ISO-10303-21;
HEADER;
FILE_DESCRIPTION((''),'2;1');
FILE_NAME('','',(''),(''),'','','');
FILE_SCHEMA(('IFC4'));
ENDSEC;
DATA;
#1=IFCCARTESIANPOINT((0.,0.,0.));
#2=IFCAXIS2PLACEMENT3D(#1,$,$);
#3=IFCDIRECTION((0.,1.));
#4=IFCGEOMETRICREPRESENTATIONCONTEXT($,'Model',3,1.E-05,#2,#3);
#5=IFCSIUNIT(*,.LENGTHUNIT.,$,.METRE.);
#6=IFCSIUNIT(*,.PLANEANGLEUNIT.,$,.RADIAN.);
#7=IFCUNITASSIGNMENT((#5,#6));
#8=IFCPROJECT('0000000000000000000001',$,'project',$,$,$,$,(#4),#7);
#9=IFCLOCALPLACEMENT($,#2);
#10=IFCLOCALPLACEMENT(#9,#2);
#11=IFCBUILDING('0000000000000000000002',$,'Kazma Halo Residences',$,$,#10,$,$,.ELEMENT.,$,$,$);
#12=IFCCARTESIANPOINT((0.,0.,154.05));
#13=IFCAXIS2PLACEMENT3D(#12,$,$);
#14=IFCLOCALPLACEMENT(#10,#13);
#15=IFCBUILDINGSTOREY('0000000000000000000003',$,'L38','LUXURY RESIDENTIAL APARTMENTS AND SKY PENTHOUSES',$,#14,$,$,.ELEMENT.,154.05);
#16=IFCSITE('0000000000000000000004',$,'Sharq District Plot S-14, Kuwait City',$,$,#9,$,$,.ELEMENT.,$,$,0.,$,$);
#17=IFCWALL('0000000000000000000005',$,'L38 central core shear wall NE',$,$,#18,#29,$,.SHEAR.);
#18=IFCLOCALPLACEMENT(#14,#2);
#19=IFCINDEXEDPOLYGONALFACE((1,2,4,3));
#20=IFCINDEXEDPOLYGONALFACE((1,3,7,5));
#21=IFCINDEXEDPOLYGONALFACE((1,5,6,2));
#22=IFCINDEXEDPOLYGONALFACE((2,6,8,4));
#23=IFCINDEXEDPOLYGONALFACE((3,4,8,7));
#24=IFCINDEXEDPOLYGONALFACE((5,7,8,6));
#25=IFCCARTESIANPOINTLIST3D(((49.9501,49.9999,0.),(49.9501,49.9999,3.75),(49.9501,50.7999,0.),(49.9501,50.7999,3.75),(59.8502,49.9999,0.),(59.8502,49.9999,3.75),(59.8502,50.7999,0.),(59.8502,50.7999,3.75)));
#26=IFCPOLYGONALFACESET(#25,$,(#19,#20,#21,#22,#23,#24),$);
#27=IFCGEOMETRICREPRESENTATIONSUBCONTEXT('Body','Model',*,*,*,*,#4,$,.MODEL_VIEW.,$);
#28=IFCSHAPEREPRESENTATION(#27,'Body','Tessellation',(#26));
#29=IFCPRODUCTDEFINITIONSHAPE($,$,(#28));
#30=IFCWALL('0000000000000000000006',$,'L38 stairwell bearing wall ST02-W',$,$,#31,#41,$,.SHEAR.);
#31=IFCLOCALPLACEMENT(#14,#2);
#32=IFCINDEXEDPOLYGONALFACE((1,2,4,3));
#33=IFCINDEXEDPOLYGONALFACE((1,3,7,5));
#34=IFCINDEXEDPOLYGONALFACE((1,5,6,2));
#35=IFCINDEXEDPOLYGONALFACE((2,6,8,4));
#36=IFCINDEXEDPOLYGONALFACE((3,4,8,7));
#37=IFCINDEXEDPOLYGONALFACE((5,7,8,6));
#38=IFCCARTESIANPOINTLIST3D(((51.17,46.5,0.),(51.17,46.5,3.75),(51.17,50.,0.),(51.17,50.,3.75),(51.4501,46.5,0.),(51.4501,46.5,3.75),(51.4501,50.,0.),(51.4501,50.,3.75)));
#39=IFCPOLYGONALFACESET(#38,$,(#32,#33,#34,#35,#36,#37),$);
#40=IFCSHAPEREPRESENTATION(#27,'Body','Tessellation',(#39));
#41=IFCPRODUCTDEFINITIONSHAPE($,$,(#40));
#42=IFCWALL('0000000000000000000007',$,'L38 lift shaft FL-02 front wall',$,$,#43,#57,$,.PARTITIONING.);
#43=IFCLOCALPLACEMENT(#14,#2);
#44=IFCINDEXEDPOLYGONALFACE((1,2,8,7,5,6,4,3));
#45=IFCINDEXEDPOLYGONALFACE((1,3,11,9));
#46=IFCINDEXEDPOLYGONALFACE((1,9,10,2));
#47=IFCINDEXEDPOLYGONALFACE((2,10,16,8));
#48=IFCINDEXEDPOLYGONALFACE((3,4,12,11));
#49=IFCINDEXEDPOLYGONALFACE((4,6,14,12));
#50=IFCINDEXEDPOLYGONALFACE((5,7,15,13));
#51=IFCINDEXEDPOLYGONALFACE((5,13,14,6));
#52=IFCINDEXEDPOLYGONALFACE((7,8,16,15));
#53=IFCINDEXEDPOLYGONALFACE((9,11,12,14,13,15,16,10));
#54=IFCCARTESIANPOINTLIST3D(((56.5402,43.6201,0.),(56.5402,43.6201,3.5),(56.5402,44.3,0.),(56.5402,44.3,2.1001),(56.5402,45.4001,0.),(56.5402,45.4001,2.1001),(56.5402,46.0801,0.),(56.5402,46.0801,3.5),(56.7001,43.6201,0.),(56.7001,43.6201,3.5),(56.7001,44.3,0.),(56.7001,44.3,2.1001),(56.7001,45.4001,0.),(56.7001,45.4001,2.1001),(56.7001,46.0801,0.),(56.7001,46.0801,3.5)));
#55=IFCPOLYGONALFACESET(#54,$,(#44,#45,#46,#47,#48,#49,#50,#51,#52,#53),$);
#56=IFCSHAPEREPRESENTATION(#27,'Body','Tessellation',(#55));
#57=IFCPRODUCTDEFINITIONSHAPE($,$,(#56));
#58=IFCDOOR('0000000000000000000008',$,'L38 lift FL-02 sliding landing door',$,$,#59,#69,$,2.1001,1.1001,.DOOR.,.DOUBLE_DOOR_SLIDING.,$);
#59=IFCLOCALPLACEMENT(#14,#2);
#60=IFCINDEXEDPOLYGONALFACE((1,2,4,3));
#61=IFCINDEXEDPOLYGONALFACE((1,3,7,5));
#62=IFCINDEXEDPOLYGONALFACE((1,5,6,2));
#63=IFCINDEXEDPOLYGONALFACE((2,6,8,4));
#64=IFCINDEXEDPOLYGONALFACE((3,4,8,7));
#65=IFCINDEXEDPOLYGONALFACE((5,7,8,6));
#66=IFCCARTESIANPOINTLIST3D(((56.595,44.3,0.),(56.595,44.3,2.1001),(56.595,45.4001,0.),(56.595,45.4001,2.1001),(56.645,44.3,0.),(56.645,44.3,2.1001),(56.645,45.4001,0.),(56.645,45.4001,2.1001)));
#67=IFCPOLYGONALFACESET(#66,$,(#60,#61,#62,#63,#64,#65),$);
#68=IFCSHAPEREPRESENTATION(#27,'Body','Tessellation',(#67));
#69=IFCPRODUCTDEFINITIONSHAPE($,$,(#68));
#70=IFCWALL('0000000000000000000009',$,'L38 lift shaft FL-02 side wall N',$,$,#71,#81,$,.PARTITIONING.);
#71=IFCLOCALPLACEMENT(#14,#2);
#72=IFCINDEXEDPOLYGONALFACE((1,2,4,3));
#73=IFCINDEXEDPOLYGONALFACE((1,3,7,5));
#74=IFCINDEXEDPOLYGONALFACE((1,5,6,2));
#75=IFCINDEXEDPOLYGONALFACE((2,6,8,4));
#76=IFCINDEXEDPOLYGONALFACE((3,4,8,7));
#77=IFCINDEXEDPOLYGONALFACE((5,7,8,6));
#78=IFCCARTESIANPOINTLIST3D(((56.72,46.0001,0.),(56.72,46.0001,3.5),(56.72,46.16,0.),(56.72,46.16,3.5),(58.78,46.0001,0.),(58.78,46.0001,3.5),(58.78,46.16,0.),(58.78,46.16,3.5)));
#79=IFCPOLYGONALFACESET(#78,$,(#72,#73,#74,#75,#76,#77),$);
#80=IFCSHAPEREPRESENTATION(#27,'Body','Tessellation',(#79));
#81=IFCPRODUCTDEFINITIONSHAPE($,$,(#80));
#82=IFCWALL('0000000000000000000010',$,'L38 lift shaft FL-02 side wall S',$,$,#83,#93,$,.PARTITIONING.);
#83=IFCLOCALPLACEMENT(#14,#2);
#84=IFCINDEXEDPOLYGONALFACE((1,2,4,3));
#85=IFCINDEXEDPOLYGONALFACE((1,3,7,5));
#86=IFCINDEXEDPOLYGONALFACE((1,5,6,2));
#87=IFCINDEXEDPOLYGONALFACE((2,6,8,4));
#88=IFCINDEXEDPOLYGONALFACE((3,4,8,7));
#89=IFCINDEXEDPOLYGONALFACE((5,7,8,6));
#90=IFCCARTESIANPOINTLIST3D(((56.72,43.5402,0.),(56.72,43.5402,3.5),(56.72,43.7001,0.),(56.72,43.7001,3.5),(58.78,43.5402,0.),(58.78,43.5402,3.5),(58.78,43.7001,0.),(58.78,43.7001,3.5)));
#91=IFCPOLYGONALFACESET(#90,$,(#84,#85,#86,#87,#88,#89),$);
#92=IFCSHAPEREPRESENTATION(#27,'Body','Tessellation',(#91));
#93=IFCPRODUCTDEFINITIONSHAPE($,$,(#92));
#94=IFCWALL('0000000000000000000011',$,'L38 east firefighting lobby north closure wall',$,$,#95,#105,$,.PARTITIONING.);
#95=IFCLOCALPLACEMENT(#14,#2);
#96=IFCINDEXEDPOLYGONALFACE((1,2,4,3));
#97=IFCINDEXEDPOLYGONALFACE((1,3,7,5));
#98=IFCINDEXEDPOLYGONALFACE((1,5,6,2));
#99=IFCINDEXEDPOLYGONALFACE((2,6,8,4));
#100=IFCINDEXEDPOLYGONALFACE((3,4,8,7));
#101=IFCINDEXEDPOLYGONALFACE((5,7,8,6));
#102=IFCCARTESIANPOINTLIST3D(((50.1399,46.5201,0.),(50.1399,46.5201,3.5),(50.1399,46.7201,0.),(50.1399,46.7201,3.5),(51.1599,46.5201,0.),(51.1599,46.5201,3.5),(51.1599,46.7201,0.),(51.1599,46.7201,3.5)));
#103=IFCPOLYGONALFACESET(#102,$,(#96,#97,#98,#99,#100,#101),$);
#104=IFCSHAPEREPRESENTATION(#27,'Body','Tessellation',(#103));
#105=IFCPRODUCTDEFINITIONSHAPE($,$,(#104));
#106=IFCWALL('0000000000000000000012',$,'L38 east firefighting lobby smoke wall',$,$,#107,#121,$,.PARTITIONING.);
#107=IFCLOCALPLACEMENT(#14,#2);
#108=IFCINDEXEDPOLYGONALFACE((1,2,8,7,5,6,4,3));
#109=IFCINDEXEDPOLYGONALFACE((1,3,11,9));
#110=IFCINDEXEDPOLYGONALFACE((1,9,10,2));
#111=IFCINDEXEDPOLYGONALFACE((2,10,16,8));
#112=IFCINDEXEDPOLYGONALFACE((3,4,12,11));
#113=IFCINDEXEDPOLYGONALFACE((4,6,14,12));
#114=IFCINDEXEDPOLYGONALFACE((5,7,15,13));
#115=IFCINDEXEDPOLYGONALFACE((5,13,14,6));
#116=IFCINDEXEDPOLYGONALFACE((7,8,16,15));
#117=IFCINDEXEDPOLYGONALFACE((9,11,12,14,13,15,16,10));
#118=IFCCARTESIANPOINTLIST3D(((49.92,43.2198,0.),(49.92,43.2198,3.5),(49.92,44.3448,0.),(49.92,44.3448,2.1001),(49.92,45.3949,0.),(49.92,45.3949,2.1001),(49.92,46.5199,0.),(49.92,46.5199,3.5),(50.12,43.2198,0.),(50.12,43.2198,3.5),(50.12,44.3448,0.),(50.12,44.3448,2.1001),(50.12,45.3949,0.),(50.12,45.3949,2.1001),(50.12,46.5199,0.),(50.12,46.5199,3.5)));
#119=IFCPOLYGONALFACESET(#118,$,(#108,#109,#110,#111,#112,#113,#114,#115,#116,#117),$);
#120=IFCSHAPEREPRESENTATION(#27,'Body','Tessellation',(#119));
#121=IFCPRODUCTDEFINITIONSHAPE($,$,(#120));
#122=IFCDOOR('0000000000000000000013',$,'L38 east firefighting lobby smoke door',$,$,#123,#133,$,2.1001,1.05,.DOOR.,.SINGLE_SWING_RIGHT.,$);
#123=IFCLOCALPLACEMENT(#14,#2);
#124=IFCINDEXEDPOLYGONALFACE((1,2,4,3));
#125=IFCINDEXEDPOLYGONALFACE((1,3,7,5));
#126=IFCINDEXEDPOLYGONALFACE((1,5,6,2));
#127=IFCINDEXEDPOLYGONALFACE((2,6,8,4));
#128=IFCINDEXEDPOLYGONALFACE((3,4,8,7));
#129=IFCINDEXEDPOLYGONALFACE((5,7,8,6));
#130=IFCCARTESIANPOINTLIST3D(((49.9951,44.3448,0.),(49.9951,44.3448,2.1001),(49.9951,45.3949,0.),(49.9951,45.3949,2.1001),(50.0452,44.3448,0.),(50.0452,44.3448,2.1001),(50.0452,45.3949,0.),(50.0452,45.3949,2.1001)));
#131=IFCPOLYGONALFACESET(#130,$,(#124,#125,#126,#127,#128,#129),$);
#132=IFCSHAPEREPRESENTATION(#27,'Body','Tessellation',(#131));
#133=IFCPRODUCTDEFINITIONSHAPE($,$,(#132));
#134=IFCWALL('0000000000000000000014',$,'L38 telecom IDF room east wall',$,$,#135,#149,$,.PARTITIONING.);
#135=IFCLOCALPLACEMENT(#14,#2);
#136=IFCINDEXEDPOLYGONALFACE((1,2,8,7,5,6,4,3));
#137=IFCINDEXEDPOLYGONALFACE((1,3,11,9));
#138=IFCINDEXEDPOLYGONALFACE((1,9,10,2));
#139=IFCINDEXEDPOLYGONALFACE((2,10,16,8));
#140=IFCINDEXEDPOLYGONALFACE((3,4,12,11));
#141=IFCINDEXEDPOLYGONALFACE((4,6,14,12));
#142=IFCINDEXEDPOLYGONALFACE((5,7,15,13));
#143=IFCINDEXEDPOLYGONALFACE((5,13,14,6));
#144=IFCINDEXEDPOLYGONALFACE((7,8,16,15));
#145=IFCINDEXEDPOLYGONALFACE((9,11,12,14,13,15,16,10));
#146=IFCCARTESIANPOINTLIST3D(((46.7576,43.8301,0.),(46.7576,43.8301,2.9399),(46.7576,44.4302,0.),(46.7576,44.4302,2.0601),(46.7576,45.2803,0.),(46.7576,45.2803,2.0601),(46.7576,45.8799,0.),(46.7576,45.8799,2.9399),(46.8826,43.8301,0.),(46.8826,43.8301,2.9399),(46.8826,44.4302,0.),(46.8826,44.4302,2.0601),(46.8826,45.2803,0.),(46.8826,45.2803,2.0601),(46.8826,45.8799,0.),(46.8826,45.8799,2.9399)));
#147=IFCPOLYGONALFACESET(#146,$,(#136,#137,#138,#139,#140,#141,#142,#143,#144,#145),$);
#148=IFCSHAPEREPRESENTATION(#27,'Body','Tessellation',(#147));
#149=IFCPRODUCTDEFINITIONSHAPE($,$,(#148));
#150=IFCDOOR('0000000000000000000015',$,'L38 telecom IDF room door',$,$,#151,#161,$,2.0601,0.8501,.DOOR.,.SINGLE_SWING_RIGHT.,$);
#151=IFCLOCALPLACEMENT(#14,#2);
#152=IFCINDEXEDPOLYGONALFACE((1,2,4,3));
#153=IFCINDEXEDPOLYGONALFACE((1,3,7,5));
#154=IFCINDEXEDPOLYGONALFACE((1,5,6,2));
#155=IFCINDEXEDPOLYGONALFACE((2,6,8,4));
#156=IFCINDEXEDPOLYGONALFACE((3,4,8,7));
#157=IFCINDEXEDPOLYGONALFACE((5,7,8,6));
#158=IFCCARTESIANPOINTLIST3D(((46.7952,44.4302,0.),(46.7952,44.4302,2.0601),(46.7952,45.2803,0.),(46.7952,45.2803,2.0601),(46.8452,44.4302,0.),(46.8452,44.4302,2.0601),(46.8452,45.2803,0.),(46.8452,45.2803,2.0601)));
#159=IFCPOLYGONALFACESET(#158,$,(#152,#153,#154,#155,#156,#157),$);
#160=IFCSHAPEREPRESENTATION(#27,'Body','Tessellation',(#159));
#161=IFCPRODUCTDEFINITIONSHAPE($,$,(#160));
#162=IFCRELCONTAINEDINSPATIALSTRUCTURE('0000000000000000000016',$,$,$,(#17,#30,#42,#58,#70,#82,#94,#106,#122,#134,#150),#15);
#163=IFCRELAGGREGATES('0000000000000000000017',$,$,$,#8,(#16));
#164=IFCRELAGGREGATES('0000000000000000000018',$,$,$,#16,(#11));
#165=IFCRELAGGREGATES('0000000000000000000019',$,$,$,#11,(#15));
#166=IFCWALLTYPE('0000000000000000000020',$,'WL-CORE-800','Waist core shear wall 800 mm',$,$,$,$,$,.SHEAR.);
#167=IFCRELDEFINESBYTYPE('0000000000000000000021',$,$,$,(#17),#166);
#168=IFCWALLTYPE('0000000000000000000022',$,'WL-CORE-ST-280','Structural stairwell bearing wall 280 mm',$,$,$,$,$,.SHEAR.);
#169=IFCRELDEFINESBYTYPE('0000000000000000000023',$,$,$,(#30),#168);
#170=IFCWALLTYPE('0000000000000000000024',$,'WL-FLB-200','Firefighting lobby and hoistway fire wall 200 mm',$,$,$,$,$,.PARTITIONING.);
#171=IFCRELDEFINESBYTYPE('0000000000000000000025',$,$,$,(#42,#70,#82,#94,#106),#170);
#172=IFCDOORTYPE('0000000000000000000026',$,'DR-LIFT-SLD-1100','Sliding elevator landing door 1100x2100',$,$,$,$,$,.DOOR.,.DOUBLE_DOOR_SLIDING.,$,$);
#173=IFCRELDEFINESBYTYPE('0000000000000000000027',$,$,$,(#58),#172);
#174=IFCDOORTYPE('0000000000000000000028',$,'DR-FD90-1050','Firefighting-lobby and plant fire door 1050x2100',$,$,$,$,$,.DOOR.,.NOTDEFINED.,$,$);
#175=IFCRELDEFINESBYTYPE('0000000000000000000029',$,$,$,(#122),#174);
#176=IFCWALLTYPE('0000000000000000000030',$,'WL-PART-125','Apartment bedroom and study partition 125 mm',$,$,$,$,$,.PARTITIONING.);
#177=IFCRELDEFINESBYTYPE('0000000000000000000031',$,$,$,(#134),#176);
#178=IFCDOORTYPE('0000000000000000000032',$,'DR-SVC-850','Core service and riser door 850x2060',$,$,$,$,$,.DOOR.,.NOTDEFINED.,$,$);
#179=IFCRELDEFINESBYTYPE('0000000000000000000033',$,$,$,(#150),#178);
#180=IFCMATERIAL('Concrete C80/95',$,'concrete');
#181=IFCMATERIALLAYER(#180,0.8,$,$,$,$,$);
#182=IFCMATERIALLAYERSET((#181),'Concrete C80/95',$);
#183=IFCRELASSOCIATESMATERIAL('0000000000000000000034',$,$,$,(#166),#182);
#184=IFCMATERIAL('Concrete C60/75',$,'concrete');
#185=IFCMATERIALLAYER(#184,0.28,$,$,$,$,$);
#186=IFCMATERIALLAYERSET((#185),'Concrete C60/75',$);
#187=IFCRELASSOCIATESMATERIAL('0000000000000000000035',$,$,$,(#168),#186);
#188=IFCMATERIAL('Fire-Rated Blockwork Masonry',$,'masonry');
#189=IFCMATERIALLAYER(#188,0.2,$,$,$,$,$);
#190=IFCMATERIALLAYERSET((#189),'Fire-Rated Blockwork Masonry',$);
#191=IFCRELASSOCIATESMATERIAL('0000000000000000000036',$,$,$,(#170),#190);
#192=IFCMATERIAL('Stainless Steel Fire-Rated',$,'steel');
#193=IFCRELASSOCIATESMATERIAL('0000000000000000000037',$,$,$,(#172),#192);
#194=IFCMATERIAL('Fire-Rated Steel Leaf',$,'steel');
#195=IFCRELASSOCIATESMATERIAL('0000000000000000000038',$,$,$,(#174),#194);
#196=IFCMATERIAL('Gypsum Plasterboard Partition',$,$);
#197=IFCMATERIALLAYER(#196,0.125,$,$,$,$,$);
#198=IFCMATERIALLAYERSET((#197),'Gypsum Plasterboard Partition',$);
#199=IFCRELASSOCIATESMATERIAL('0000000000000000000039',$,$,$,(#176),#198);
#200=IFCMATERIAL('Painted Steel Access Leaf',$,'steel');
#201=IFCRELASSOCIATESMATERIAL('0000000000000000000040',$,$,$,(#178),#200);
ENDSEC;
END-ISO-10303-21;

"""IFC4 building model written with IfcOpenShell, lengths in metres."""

from ifc_helpers import new_model, si_unit, direction, frame, frame_2d, origin, place, context, subcontext, project, spatial, rectangle, extrude, material, layer, layer_set, type_object, element, fill, save


model = new_model("IFC4")

# Units and contexts
model_context = context("Model", 3, precision=1e-05, world=origin(), true_north=direction((0.0, 1.0)))
body_context = subcontext(model_context, "Body", "Model", "MODEL_VIEW")
ifc_project = project(units=[si_unit("LENGTHUNIT", "METRE"), si_unit("PLANEANGLEUNIT", "RADIAN")], contexts=[model_context])

# Site, building, storey
site_placement = place(None, origin())
site = spatial("IfcSite", under=ifc_project, at=site_placement, Name="Sharq District Plot S-14, Kuwait City", CompositionType="ELEMENT", RefElevation=0.0)
building_placement = place(site_placement, origin())
building = spatial("IfcBuilding", under=site, at=building_placement, Name="Kazma Halo Residences", CompositionType="ELEMENT")
storey_placement = place(building_placement, frame((0.0, 0.0, 154.05)))
storey = spatial("IfcBuildingStorey", under=building, at=storey_placement, Name="L38", Description="LUXURY RESIDENTIAL APARTMENTS AND SKY PENTHOUSES", CompositionType="ELEMENT", Elevation=154.05)

# Walls
ifc_material_1 = material(Name="Concrete C80/95", Category="concrete")
ifc_layer_1 = layer(ifc_material_1, 0.8)
ifc_layer_set_1 = layer_set([ifc_layer_1], Name="Concrete C80/95")
wall_type_1 = type_object("IfcWallType", Name="WL-CORE-800", Description="Waist core shear wall 800 mm", PredefinedType="SHEAR", material=ifc_layer_set_1)
wall_1_placement = place(storey_placement, frame((49.95, 50.3999, 0.0), z_axis=(0.0, 0.0, 1.0), x_axis=(1.0, 0.0, 0.0)))
element("IfcWall", 1, at=wall_1_placement, inside=storey, type_object=wall_type_1, Name="L38 central core shear wall NE", PredefinedType="SHEAR", context=body_context, shape_type="SweptSolid", body=[
    extrude(rectangle(XDim=9.9001, YDim=0.8, at=frame_2d((4.9502, 0.0))), origin(), (0.0, 0.0, 1.0), 3.75),
])
ifc_material_2 = material(Name="Concrete C60/75", Category="concrete")
ifc_layer_2 = layer(ifc_material_2, 0.28)
ifc_layer_set_2 = layer_set([ifc_layer_2], Name="Concrete C60/75")
wall_type_2 = type_object("IfcWallType", Name="WL-CORE-ST-280", Description="Structural stairwell bearing wall 280 mm", PredefinedType="SHEAR", material=ifc_layer_set_2)
wall_2_placement = place(storey_placement, frame((51.3101, 46.5, 0.0), z_axis=(0.0, 0.0, 1.0), x_axis=(0.0, 1.0, 0.0)))
element("IfcWall", 2, at=wall_2_placement, inside=storey, type_object=wall_type_2, Name="L38 stairwell bearing wall ST02-W", PredefinedType="SHEAR", context=body_context, shape_type="SweptSolid", body=[
    extrude(rectangle(XDim=3.5, YDim=0.28, at=frame_2d((1.75, 0.0))), origin(), (0.0, 0.0, 1.0), 3.75),
])

# Wall, opening, door
ifc_material_3 = material(Name="Fire-Rated Blockwork Masonry", Category="masonry")
ifc_layer_3 = layer(ifc_material_3, 0.2)
ifc_layer_set_3 = layer_set([ifc_layer_3], Name="Fire-Rated Blockwork Masonry")
wall_type_3 = type_object("IfcWallType", Name="WL-FLB-200", Description="Firefighting lobby and hoistway fire wall 200 mm", PredefinedType="PARTITIONING", material=ifc_layer_set_3)
wall_3_placement = place(storey_placement, frame((56.6201, 46.0801, 0.0), z_axis=(0.0, 0.0, 1.0), x_axis=(0.0, -1.0, 0.0)))
wall_3 = element("IfcWall", 3, at=wall_3_placement, inside=storey, type_object=wall_type_3, Name="L38 lift shaft FL-02 front wall", PredefinedType="PARTITIONING", context=body_context, shape_type="SweptSolid", body=[
    extrude(rectangle(XDim=2.46, YDim=0.1599, at=frame_2d((1.23, 0.0))), origin(), (0.0, 0.0, 1.0), 3.5),
])
opening_1_placement = place(wall_3_placement, frame((0.6799, 0.0, 0.0)))
opening_1 = element("IfcOpeningElement", 4, at=opening_1_placement, cuts=wall_3, PredefinedType="OPENING", context=body_context, shape_type="SweptSolid", body=[
    extrude(rectangle(XDim=1.1001, YDim=2.1001, at=frame_2d((0.55, 1.05))), frame((0.0, 0.0898, 0.0), z_axis=(0.0, -1.0, 0.0), x_axis=(1.0, 0.0, 0.0)), (0.0, 0.0, 1.0), 0.1799),
])
ifc_material_4 = material(Name="Stainless Steel Fire-Rated", Category="steel")
door_type_1 = type_object("IfcDoorType", Name="DR-LIFT-SLD-1100", Description="Sliding elevator landing door 1100x2100", OperationType="DOUBLE_DOOR_SLIDING", PredefinedType="DOOR", material=ifc_material_4)
door_1_placement = place(opening_1_placement, origin())
door_1 = element("IfcDoor", 5, at=door_1_placement, inside=storey, type_object=door_type_1, Name="L38 lift FL-02 sliding landing door", OperationType="DOUBLE_DOOR_SLIDING", OverallHeight=2.1001, OverallWidth=1.1001, PredefinedType="DOOR", context=body_context, shape_type="SweptSolid", body=[
    extrude(rectangle(XDim=1.1001, YDim=2.1001, at=frame_2d((0.55, 1.05))), frame((0.0, 0.0249, 0.0), z_axis=(0.0, -1.0, 0.0), x_axis=(1.0, 0.0, 0.0)), (0.0, 0.0, 1.0), 0.05),
])
fill(opening_1, door_1)

# Walls
for number, where, z_axis, x_axis, name in (
    (6, (56.72, 46.0801, 0.0), (0.0, 0.0, 1.0), (1.0, 0.0, 0.0), "L38 lift shaft FL-02 side wall N"),
    (7, (56.72, 43.6201, 0.0), (0.0, 0.0, 1.0), (1.0, 0.0, 0.0), "L38 lift shaft FL-02 side wall S"),
):
    element("IfcWall", number, at=place(storey_placement, frame(where, z_axis=z_axis, x_axis=x_axis)), inside=storey, type_object=wall_type_3, Name=name, PredefinedType="PARTITIONING", context=body_context, shape_type="SweptSolid", body=[
        extrude(rectangle(XDim=2.0601, YDim=0.1599, at=frame_2d((1.03, 0.0))), origin(), (0.0, 0.0, 1.0), 3.5),
    ])
wall_4_placement = place(storey_placement, frame((50.1399, 46.6201, 0.0), z_axis=(0.0, 0.0, 1.0), x_axis=(1.0, 0.0, 0.0)))
element("IfcWall", 8, at=wall_4_placement, inside=storey, type_object=wall_type_3, Name="L38 east firefighting lobby north closure wall", PredefinedType="PARTITIONING", context=body_context, shape_type="SweptSolid", body=[
    extrude(rectangle(XDim=1.02, YDim=0.2, at=frame_2d((0.51, 0.0))), origin(), (0.0, 0.0, 1.0), 3.5),
])

# Walls, openings, doors
wall_5_placement = place(storey_placement, frame((50.02, 43.22, 0.0), z_axis=(0.0, 0.0, 1.0), x_axis=(0.0, 1.0, 0.0)))
wall_5 = element("IfcWall", 9, at=wall_5_placement, inside=storey, type_object=wall_type_3, Name="L38 east firefighting lobby smoke wall", PredefinedType="PARTITIONING", context=body_context, shape_type="SweptSolid", body=[
    extrude(rectangle(XDim=3.3, YDim=0.2, at=frame_2d((1.6499, 0.0))), origin(), (0.0, 0.0, 1.0), 3.5),
])
opening_2_placement = place(wall_5_placement, frame((1.125, 0.0, 0.0)))
opening_2 = element("IfcOpeningElement", 10, at=opening_2_placement, cuts=wall_5, PredefinedType="OPENING", context=body_context, shape_type="SweptSolid", body=[
    extrude(rectangle(XDim=1.05, YDim=2.1001, at=frame_2d((0.5249, 1.05))), frame((0.0, 0.1099, 0.0), z_axis=(0.0, -1.0, 0.0), x_axis=(1.0, 0.0, 0.0)), (0.0, 0.0, 1.0), 0.22),
])
ifc_material_5 = material(Name="Fire-Rated Steel Leaf", Category="steel")
door_type_2 = type_object("IfcDoorType", Name="DR-FD90-1050", Description="Firefighting-lobby and plant fire door 1050x2100", OperationType="NOTDEFINED", PredefinedType="DOOR", material=ifc_material_5)
door_2_placement = place(opening_2_placement, origin())
door_2 = element("IfcDoor", 11, at=door_2_placement, inside=storey, type_object=door_type_2, Name="L38 east firefighting lobby smoke door", OperationType="SINGLE_SWING_RIGHT", OverallHeight=2.1001, OverallWidth=1.05, PredefinedType="DOOR", context=body_context, shape_type="SweptSolid", body=[
    extrude(rectangle(XDim=1.05, YDim=2.1001, at=frame_2d((0.5249, 1.05))), frame((0.0, 0.0249, 0.0), z_axis=(0.0, -1.0, 0.0), x_axis=(1.0, 0.0, 0.0)), (0.0, 0.0, 1.0), 0.05),
])
fill(opening_2, door_2)
ifc_material_6 = material(Name="Gypsum Plasterboard Partition")
ifc_layer_4 = layer(ifc_material_6, 0.125)
ifc_layer_set_4 = layer_set([ifc_layer_4], Name="Gypsum Plasterboard Partition")
wall_type_4 = type_object("IfcWallType", Name="WL-PART-125", Description="Apartment bedroom and study partition 125 mm", PredefinedType="PARTITIONING", material=ifc_layer_set_4)
wall_6_placement = place(storey_placement, frame((46.8201, 43.8301, 0.0), z_axis=(0.0, 0.0, 1.0), x_axis=(0.0, 1.0, 0.0)))
wall_6 = element("IfcWall", 12, at=wall_6_placement, inside=storey, type_object=wall_type_4, Name="L38 telecom IDF room east wall", PredefinedType="PARTITIONING", context=body_context, shape_type="SweptSolid", body=[
    extrude(rectangle(XDim=2.0498, YDim=0.125, at=frame_2d((1.0249, 0.0))), origin(), (0.0, 0.0, 1.0), 2.9399),
])
opening_3_placement = place(wall_6_placement, frame((0.6001, 0.0, 0.0)))
opening_3 = element("IfcOpeningElement", 13, at=opening_3_placement, cuts=wall_6, PredefinedType="OPENING", context=body_context, shape_type="SweptSolid", body=[
    extrude(rectangle(XDim=0.8501, YDim=2.0601, at=frame_2d((0.425, 1.03))), frame((0.0, 0.0725, 0.0), z_axis=(0.0, -1.0, 0.0), x_axis=(1.0, 0.0, 0.0)), (0.0, 0.0, 1.0), 0.145),
])
ifc_material_7 = material(Name="Painted Steel Access Leaf", Category="steel")
door_type_3 = type_object("IfcDoorType", Name="DR-SVC-850", Description="Core service and riser door 850x2060", OperationType="NOTDEFINED", PredefinedType="DOOR", material=ifc_material_7)
door_3_placement = place(opening_3_placement, origin())
door_3 = element("IfcDoor", 14, at=door_3_placement, inside=storey, type_object=door_type_3, Name="L38 telecom IDF room door", OperationType="SINGLE_SWING_RIGHT", OverallHeight=2.0601, OverallWidth=0.8501, PredefinedType="DOOR", context=body_context, shape_type="SweptSolid", body=[
    extrude(rectangle(XDim=0.8501, YDim=2.0601, at=frame_2d((0.425, 1.03))), frame((0.0, 0.0249, 0.0), z_axis=(0.0, -1.0, 0.0), x_axis=(1.0, 0.0, 0.0)), (0.0, 0.0, 1.0), 0.05),
])
fill(opening_3, door_3)

save(model, "model.ifc")
